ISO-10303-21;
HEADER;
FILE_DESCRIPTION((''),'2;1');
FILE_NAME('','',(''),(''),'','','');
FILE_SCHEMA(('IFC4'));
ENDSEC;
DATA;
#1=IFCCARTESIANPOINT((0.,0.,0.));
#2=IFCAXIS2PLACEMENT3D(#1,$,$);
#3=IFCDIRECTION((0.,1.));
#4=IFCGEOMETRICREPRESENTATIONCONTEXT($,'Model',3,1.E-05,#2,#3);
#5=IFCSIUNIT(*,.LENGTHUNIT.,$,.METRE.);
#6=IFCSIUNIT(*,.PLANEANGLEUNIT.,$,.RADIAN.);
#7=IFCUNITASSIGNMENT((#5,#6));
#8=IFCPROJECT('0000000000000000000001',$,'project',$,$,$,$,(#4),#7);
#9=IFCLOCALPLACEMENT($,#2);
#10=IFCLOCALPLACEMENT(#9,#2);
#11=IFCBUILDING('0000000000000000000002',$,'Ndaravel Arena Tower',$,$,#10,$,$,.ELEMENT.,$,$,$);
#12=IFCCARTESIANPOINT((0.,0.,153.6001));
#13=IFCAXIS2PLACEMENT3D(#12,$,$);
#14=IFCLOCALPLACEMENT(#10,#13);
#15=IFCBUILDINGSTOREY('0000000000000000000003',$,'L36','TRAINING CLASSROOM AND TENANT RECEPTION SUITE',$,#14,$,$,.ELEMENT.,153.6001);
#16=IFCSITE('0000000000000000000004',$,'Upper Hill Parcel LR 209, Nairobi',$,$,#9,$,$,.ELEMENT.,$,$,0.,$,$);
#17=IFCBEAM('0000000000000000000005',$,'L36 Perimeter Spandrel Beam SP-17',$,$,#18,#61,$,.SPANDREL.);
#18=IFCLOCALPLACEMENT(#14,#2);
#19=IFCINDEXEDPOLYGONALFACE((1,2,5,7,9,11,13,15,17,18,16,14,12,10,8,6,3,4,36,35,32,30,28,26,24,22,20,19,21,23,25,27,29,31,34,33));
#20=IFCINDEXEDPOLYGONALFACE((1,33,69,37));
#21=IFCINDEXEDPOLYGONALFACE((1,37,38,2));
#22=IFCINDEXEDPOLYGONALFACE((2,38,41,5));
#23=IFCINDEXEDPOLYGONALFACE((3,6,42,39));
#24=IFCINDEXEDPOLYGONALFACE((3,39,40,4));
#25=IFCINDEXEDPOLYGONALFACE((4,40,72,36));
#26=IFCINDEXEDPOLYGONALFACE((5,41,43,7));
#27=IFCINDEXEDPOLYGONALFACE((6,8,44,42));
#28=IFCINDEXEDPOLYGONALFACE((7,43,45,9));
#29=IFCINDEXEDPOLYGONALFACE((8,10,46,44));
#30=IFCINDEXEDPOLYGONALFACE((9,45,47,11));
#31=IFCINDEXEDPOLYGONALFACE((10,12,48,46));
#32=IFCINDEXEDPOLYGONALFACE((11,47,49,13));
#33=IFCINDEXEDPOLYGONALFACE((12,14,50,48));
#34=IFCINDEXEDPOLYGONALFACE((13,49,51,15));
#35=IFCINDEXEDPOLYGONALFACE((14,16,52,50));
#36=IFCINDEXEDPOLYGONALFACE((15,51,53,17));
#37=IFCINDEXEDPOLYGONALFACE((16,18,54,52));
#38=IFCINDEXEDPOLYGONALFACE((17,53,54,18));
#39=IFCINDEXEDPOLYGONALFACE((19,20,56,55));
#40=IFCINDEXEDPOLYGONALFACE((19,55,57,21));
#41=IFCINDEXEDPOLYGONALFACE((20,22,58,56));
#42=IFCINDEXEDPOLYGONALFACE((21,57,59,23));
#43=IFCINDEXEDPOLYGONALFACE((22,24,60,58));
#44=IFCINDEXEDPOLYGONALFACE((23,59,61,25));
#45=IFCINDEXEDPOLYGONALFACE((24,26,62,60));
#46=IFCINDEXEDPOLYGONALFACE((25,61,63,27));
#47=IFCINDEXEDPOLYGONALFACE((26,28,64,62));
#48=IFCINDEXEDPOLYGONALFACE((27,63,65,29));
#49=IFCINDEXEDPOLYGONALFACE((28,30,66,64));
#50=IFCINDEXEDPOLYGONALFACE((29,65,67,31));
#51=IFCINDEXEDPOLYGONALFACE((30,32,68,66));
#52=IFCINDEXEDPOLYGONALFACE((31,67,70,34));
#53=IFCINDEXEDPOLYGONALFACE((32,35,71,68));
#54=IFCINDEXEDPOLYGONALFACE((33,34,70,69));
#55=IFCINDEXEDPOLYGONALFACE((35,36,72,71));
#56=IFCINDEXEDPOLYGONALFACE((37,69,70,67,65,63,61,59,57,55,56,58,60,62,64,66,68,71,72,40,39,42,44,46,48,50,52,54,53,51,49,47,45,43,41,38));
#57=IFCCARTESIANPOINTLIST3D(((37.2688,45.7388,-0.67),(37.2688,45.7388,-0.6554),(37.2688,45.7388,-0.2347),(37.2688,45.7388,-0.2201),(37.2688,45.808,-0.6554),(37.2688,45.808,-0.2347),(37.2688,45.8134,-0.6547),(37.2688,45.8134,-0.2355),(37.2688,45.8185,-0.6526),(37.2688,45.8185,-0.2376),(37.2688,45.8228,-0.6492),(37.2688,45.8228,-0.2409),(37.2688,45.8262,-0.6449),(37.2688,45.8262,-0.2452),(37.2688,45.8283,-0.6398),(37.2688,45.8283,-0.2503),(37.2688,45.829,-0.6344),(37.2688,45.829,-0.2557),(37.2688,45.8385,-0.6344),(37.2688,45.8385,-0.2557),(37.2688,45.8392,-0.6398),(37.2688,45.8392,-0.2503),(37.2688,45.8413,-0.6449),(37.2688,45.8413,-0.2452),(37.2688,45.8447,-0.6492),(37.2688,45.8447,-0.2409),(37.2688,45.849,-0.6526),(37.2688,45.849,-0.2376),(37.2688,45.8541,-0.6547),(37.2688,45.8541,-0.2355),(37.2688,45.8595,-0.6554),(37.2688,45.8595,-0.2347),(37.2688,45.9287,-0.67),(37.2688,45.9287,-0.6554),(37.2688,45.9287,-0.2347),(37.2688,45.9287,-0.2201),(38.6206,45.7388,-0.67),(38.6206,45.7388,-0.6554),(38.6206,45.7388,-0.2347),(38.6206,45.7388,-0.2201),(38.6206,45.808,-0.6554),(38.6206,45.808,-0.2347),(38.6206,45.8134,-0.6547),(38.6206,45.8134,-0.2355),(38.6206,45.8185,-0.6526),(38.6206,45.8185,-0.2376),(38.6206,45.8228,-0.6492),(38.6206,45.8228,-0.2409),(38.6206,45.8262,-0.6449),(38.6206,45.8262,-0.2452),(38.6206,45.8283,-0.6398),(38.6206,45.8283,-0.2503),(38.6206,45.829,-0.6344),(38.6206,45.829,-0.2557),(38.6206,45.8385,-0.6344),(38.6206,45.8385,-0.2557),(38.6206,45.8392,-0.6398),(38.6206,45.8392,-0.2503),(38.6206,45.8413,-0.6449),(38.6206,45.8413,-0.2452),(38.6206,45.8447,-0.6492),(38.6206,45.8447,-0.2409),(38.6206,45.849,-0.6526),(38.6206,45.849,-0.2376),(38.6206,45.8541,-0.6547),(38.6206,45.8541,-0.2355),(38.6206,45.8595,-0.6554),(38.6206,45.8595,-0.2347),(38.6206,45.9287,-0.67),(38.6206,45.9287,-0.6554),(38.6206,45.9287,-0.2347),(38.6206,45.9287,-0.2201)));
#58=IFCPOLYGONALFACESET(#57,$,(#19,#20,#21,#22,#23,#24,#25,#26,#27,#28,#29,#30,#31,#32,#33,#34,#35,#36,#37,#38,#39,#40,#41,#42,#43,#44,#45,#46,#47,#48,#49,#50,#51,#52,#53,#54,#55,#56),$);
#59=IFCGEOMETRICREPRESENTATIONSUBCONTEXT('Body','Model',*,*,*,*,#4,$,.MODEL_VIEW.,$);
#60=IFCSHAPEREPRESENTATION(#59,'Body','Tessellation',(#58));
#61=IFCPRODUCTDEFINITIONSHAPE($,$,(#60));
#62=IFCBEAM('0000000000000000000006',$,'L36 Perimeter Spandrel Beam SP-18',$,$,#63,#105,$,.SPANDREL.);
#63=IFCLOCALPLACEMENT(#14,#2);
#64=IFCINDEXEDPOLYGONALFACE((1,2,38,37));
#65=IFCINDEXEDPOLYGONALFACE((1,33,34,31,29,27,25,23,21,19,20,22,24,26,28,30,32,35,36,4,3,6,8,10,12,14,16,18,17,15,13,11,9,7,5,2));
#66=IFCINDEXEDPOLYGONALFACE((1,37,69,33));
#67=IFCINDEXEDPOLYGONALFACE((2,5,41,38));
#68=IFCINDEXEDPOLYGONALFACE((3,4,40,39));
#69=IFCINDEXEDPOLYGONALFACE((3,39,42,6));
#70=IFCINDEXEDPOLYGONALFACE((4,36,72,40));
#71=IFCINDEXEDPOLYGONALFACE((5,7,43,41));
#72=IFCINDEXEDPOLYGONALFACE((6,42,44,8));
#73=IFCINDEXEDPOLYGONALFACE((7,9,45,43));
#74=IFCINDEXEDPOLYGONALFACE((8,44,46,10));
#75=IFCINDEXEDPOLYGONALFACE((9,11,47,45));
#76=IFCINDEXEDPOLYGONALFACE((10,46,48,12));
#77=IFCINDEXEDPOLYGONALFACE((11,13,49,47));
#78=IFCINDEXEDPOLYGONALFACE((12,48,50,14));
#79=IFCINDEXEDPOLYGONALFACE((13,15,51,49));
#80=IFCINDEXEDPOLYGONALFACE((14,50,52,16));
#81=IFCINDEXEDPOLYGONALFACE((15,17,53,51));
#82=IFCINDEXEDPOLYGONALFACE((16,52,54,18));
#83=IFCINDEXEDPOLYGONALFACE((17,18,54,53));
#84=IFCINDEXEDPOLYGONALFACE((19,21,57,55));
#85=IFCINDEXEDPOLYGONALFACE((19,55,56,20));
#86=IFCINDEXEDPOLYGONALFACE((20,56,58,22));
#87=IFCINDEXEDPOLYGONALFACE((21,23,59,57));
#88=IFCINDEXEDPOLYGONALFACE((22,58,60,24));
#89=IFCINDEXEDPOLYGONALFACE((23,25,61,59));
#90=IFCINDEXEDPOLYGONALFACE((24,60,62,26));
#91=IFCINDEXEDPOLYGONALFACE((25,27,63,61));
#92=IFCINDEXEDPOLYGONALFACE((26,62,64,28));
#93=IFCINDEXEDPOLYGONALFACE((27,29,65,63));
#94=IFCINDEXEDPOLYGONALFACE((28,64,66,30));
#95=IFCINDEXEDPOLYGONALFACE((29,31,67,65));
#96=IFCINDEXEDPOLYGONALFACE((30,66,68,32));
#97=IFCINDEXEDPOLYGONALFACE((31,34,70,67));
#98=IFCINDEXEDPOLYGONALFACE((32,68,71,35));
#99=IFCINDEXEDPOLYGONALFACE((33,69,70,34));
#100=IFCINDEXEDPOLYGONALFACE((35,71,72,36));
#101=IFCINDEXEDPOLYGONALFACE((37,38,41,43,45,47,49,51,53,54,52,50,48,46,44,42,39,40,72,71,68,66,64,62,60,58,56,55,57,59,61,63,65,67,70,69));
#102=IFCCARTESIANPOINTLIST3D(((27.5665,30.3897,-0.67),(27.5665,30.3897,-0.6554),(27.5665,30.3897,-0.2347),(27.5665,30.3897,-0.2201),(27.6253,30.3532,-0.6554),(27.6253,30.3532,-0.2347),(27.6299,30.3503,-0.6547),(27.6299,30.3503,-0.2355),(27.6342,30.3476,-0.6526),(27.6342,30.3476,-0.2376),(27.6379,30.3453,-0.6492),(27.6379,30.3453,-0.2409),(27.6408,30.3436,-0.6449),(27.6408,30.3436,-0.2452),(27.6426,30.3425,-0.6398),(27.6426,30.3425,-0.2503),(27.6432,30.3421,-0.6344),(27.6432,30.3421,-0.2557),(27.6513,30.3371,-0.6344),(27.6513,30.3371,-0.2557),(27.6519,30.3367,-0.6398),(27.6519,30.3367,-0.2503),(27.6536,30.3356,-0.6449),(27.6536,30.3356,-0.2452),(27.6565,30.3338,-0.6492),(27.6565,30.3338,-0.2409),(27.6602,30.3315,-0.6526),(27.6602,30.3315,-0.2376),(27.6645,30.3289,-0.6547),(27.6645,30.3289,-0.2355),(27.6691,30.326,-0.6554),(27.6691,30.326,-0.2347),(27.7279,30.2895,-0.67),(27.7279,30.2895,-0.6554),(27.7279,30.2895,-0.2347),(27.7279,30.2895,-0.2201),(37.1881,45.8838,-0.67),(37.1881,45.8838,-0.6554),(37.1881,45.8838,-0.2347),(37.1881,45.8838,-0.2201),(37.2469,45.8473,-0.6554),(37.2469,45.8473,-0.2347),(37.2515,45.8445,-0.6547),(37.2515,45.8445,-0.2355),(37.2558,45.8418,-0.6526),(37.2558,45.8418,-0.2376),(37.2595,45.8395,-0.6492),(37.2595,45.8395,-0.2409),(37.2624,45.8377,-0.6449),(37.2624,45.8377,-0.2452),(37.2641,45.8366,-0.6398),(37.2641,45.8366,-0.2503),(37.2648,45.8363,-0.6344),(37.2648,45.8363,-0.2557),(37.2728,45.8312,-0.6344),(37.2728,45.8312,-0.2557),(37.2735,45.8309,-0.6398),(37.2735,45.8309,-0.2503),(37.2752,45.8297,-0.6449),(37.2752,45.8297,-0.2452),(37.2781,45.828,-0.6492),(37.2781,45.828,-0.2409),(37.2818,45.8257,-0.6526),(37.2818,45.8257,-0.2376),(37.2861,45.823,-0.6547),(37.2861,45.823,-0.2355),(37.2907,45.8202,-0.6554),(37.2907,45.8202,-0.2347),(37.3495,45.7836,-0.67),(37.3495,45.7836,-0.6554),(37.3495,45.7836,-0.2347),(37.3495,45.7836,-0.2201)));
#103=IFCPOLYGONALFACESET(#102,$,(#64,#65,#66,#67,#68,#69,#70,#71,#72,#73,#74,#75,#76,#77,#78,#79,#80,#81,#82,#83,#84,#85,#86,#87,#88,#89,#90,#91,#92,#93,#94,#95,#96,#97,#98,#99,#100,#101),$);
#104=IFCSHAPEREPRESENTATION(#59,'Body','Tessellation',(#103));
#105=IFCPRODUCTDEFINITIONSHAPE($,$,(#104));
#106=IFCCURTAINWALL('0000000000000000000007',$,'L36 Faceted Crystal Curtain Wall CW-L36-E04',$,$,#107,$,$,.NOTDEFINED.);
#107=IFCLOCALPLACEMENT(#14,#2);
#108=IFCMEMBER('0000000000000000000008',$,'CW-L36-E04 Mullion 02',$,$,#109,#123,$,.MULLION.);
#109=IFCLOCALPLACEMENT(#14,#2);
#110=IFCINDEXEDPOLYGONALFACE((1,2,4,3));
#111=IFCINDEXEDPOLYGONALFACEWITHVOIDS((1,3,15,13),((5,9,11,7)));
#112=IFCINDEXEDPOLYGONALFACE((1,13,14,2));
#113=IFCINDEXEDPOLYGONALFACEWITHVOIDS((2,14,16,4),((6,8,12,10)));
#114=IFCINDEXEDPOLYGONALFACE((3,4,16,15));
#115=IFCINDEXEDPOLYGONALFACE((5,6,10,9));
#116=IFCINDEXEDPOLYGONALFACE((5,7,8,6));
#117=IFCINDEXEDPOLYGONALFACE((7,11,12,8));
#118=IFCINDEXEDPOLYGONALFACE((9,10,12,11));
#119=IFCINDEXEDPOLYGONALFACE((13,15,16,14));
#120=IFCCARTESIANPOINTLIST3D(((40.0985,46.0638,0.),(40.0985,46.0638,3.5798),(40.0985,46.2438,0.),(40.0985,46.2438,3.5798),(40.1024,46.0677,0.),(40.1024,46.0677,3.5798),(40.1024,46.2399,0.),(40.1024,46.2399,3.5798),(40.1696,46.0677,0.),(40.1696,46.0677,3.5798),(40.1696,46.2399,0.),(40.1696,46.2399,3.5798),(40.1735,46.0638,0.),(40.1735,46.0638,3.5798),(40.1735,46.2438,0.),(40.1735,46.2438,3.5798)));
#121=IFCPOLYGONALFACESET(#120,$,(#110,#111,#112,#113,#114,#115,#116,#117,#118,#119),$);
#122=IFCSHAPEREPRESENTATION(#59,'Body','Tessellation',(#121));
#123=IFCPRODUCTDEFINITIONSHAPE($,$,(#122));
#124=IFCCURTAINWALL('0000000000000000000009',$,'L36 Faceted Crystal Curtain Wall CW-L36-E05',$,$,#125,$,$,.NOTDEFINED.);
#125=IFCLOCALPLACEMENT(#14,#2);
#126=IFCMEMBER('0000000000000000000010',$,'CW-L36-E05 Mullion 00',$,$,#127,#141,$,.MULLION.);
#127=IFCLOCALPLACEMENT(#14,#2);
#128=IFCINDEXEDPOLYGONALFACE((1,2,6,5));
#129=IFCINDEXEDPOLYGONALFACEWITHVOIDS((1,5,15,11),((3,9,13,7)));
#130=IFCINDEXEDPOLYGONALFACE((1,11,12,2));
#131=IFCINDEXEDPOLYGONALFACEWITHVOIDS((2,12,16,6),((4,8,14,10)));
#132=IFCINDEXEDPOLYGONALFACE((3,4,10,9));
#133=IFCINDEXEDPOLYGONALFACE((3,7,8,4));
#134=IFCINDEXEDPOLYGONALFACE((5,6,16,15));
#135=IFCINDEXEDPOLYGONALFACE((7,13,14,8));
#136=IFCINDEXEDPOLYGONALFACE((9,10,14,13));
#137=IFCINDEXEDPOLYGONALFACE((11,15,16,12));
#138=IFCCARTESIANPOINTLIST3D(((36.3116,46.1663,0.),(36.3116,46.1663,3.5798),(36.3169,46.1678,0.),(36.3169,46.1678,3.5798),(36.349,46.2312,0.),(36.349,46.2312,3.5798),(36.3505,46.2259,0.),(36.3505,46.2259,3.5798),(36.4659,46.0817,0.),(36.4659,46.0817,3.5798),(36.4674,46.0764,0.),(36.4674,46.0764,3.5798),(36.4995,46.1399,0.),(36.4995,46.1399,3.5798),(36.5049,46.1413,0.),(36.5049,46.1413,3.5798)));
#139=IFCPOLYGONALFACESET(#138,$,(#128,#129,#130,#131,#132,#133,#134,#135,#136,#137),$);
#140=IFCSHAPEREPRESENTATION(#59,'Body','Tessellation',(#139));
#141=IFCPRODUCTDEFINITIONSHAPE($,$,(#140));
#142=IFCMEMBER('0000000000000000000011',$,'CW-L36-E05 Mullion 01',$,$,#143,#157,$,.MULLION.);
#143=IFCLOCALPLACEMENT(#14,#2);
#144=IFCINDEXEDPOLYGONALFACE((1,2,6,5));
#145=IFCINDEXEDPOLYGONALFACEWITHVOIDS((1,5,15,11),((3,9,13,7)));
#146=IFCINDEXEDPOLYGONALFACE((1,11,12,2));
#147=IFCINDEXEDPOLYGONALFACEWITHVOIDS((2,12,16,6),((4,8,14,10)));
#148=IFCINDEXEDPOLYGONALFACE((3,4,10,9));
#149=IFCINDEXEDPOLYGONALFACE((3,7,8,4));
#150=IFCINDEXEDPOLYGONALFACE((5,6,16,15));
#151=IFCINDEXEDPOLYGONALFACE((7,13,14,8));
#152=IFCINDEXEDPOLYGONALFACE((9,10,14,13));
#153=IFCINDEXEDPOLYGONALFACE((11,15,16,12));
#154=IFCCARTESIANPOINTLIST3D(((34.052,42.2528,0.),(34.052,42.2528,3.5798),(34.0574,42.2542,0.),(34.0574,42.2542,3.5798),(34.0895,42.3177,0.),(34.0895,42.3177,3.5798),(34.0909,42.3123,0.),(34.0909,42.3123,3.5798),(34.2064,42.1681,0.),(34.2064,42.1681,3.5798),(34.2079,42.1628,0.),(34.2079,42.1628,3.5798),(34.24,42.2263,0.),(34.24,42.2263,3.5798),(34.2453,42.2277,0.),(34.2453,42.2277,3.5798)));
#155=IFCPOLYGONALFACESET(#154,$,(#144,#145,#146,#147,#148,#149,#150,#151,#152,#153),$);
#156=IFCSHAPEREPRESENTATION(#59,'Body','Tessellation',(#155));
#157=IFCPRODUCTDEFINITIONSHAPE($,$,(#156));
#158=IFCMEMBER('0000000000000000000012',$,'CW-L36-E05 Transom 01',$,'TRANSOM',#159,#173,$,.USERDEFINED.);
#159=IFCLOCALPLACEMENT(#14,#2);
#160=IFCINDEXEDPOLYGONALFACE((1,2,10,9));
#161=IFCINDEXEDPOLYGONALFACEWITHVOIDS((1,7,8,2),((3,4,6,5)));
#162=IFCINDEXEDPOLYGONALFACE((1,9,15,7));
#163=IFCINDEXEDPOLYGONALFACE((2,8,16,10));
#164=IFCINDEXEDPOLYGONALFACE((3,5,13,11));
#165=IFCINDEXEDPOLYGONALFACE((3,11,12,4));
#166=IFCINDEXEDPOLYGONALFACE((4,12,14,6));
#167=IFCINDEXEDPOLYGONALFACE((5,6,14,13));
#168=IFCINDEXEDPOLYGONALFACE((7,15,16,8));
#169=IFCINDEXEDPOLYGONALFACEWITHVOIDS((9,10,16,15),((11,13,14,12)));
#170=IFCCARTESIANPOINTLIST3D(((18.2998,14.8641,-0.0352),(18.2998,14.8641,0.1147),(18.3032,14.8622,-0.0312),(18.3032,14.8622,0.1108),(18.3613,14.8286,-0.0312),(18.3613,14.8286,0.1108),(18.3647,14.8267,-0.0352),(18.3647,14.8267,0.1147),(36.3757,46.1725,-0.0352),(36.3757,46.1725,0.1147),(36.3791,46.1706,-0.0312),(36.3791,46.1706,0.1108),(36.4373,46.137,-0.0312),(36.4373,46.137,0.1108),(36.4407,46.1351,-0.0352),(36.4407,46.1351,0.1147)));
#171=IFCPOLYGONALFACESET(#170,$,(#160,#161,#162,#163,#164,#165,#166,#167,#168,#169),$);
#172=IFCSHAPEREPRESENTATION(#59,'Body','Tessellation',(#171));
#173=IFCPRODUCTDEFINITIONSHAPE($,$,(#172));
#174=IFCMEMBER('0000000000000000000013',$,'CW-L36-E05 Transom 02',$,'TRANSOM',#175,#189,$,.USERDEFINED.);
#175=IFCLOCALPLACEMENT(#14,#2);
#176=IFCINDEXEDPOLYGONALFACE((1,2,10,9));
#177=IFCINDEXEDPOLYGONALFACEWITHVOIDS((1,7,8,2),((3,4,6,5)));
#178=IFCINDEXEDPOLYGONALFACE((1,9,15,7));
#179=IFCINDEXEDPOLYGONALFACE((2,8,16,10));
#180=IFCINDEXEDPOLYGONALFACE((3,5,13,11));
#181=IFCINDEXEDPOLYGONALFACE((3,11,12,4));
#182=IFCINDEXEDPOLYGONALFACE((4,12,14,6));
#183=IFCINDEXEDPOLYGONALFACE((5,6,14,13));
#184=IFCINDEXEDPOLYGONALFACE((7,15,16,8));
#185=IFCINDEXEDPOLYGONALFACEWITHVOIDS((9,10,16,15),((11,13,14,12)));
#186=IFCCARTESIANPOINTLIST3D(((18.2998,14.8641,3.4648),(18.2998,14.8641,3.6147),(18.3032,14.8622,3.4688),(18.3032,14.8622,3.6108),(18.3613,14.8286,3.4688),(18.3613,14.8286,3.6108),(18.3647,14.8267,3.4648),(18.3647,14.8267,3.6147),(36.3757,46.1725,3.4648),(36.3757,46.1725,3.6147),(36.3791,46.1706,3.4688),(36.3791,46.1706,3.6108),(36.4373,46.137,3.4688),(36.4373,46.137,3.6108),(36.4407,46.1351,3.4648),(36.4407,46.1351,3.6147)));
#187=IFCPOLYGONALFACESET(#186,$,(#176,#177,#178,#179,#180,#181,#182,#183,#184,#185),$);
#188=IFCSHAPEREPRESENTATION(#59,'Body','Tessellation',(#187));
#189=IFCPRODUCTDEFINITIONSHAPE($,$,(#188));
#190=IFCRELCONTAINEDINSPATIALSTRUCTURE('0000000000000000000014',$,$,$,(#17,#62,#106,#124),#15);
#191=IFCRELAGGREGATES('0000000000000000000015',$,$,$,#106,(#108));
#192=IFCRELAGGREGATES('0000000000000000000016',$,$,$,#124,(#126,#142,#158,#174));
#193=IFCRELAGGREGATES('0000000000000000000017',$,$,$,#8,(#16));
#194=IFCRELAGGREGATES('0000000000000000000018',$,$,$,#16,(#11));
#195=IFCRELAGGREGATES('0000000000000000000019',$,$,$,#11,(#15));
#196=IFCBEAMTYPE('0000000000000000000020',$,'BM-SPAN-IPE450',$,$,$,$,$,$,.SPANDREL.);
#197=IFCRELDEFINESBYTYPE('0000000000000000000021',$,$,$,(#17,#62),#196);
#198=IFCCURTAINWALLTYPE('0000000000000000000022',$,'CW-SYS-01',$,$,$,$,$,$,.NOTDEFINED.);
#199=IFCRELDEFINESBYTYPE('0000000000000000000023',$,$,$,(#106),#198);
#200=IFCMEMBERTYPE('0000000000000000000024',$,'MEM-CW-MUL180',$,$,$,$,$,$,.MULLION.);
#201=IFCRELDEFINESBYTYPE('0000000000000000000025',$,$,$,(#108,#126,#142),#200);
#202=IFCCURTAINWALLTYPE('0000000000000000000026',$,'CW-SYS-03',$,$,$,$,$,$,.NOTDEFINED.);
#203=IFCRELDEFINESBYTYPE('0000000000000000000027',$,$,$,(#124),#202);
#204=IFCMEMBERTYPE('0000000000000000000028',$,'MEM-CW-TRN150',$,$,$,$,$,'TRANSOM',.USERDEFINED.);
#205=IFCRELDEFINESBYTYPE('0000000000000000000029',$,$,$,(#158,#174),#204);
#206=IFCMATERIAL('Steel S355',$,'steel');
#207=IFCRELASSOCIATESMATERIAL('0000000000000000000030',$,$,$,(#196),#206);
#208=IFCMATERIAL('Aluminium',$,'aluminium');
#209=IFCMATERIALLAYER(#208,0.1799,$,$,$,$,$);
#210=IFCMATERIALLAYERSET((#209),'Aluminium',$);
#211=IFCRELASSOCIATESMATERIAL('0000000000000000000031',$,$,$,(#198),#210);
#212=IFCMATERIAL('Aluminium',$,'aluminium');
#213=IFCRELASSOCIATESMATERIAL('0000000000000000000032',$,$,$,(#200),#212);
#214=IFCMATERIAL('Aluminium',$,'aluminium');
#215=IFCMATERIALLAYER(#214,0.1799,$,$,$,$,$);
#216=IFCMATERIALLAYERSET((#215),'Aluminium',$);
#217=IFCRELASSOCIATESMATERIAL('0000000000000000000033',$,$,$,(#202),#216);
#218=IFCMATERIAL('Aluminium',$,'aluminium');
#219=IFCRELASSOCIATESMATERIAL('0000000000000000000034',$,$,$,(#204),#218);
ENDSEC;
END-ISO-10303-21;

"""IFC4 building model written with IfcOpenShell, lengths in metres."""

from ifc_helpers import new_model, si_unit, direction, frame, origin, origin_2d, place, context, subcontext, project, spatial, hollow_rectangle, i_section, extrude, material, layer, layer_set, material_profile, profile_set, type_object, element, aggregate, save


model = new_model("IFC4")

# Units and contexts
model_context = context("Model", 3, precision=1e-05, world=origin(), true_north=direction((0.0, 1.0)))
body_context = subcontext(model_context, "Body", "Model", "MODEL_VIEW")
ifc_project = project(units=[si_unit("LENGTHUNIT", "METRE"), si_unit("PLANEANGLEUNIT", "RADIAN")], contexts=[model_context])

# Site, building, storey
site_placement = place(None, origin())
site = spatial("IfcSite", under=ifc_project, at=site_placement, Name="Upper Hill Parcel LR 209, Nairobi", CompositionType="ELEMENT", RefElevation=0.0)
building_placement = place(site_placement, origin())
building = spatial("IfcBuilding", under=site, at=building_placement, Name="Ndaravel Arena Tower", CompositionType="ELEMENT")
storey_placement = place(building_placement, frame((0.0, 0.0, 153.6001)))
storey = spatial("IfcBuildingStorey", under=building, at=storey_placement, Name="L36", Description="TRAINING CLASSROOM AND TENANT RECEPTION SUITE", CompositionType="ELEMENT", Elevation=153.6001)

# Beams
ifc_material_1 = material(Name="Steel S355", Category="steel")
ifc_material_profile_1 = material_profile(ifc_material_1, i_section(OverallWidth=0.1899, OverallDepth=0.45, WebThickness=0.0095, FlangeThickness=0.0146, FilletRadius=0.021, at=origin_2d()), Name="IPE 450")
ifc_profile_set_1 = profile_set([ifc_material_profile_1], Name="Steel S355")
beam_type_1 = type_object("IfcBeamType", Name="BM-SPAN-IPE450", PredefinedType="SPANDREL", material=ifc_profile_set_1)
for number, where, z_axis, x_axis, name in (
    (1, (38.6206, 45.8337, -0.4451), (-1.0, 0.0, 0.0), (0.0, -1.0, 0.0), "L36 Perimeter Spandrel Beam SP-17"),
):
    element("IfcBeam", number, at=place(storey_placement, frame(where, z_axis=z_axis, x_axis=x_axis)), inside=storey, type_object=beam_type_1, Name=name, PredefinedType="SPANDREL", context=body_context, shape_type="SweptSolid", body=[
        extrude(i_section(OverallWidth=0.1899, OverallDepth=0.45, WebThickness=0.0095, FlangeThickness=0.0146, FilletRadius=0.021, at=origin_2d()), origin(), (0.0, 0.0, 1.0), 1.3518),
    ])
beam_1_placement = place(storey_placement, frame((37.2688, 45.8337, -0.4451), z_axis=(-0.527542, -0.849529, 0.0), x_axis=(0.849529, -0.527542, 0.0)))
element("IfcBeam", 2, at=beam_1_placement, inside=storey, type_object=beam_type_1, Name="L36 Perimeter Spandrel Beam SP-18", PredefinedType="SPANDREL", context=body_context, shape_type="SweptSolid", body=[
    extrude(i_section(OverallWidth=0.1899, OverallDepth=0.45, WebThickness=0.0095, FlangeThickness=0.0146, FilletRadius=0.021, at=origin_2d()), origin(), (0.0, 0.0, 1.0), 18.2385),
])

# Curtain wall, member
ifc_material_2 = material(Name="Aluminium", Category="aluminium")
ifc_layer_1 = layer(ifc_material_2, 0.1799)
ifc_layer_set_1 = layer_set([ifc_layer_1], Name="Aluminium")
curtain_wall_type_1 = type_object("IfcCurtainWallType", Name="CW-SYS-01", PredefinedType="NOTDEFINED", material=ifc_layer_set_1)
curtain_wall_1_placement = place(storey_placement, origin())
curtain_wall_1 = element("IfcCurtainWall", 3, at=curtain_wall_1_placement, inside=storey, type_object=curtain_wall_type_1, Name="L36 Faceted Crystal Curtain Wall CW-L36-E04", PredefinedType="NOTDEFINED")
ifc_material_3 = material(Name="Aluminium", Category="aluminium")
ifc_material_profile_2 = material_profile(ifc_material_3, hollow_rectangle(XDim=0.075, YDim=0.1799, WallThickness=0.0039, at=origin_2d()), Name="CW MULLION 75x180x4")
ifc_profile_set_2 = profile_set([ifc_material_profile_2], Name="Aluminium")
member_type_1 = type_object("IfcMemberType", Name="MEM-CW-MUL180", PredefinedType="MULLION", material=ifc_profile_set_2)
member_1_placement = place(storey_placement, frame((40.136, 46.1538, 0.0), z_axis=(0.0, 0.0, 1.0), x_axis=(-1.0, 0.0, 0.0)))
member_1 = element("IfcMember", 4, at=member_1_placement, type_object=member_type_1, Name="CW-L36-E04 Mullion 02", PredefinedType="MULLION", context=body_context, shape_type="SweptSolid", body=[
    extrude(hollow_rectangle(XDim=0.075, YDim=0.1799, WallThickness=0.0039, at=origin_2d()), origin(), (0.0, 0.0, 1.0), 3.5798),
])

# Curtain wall, members
ifc_material_4 = material(Name="Aluminium", Category="aluminium")
ifc_layer_2 = layer(ifc_material_4, 0.1799)
ifc_layer_set_2 = layer_set([ifc_layer_2], Name="Aluminium")
curtain_wall_type_2 = type_object("IfcCurtainWallType", Name="CW-SYS-03", PredefinedType="NOTDEFINED", material=ifc_layer_set_2)
curtain_wall_2_placement = place(storey_placement, origin())
curtain_wall_2 = element("IfcCurtainWall", 5, at=curtain_wall_2_placement, inside=storey, type_object=curtain_wall_type_2, Name="L36 Faceted Crystal Curtain Wall CW-L36-E05", PredefinedType="NOTDEFINED")
member_2_placement = place(storey_placement, frame((36.4082, 46.1538, 0.0), z_axis=(0.0, 0.0, 1.0), x_axis=(-0.5, -0.866025, 0.0)))
member_2 = element("IfcMember", 6, at=member_2_placement, type_object=member_type_1, Name="CW-L36-E05 Mullion 00", PredefinedType="MULLION", context=body_context, shape_type="SweptSolid", body=[
    extrude(hollow_rectangle(XDim=0.075, YDim=0.1799, WallThickness=0.0039, at=origin_2d()), origin(), (0.0, 0.0, 1.0), 3.5798),
])
member_3_placement = place(storey_placement, frame((34.1487, 42.2402, 0.0), z_axis=(0.0, 0.0, 1.0), x_axis=(-0.5, -0.866025, 0.0)))
member_3 = element("IfcMember", 7, at=member_3_placement, type_object=member_type_1, Name="CW-L36-E05 Mullion 01", PredefinedType="MULLION", context=body_context, shape_type="SweptSolid", body=[
    extrude(hollow_rectangle(XDim=0.075, YDim=0.1799, WallThickness=0.0039, at=origin_2d()), origin(), (0.0, 0.0, 1.0), 3.5798),
])
ifc_material_5 = material(Name="Aluminium", Category="aluminium")
ifc_material_profile_3 = material_profile(ifc_material_5, hollow_rectangle(XDim=0.075, YDim=0.1499, WallThickness=0.0039, at=origin_2d()), Name="CW TRANSOM 75x150x4")
ifc_profile_set_3 = profile_set([ifc_material_profile_3], Name="Aluminium")
member_type_2 = type_object("IfcMemberType", Name="MEM-CW-TRN150", ElementType="TRANSOM", PredefinedType="USERDEFINED", material=ifc_profile_set_3)
member_4_placement = place(storey_placement, frame((36.4082, 46.1538, 0.0398), z_axis=(-0.500001, -0.866025, 0.0), x_axis=(0.866025, -0.500001, 0.0)))
member_4 = element("IfcMember", 8, at=member_4_placement, type_object=member_type_2, Name="CW-L36-E05 Transom 01", ObjectType="TRANSOM", PredefinedType="USERDEFINED", context=body_context, shape_type="SweptSolid", body=[
    extrude(hollow_rectangle(XDim=0.075, YDim=0.1499, WallThickness=0.0039, at=origin_2d()), origin(), (0.0, 0.0, 1.0), 36.1519),
])
member_5_placement = place(storey_placement, frame((36.4082, 46.1538, 3.5398), z_axis=(-0.500001, -0.866025, 0.0), x_axis=(0.866025, -0.500001, 0.0)))
member_5 = element("IfcMember", 9, at=member_5_placement, type_object=member_type_2, Name="CW-L36-E05 Transom 02", ObjectType="TRANSOM", PredefinedType="USERDEFINED", context=body_context, shape_type="SweptSolid", body=[
    extrude(hollow_rectangle(XDim=0.075, YDim=0.1499, WallThickness=0.0039, at=origin_2d()), origin(), (0.0, 0.0, 1.0), 36.1519),
])

aggregate(curtain_wall_1, [member_1])
aggregate(curtain_wall_2, [member_2, member_3, member_4, member_5])

save(model, "model.ifc")
